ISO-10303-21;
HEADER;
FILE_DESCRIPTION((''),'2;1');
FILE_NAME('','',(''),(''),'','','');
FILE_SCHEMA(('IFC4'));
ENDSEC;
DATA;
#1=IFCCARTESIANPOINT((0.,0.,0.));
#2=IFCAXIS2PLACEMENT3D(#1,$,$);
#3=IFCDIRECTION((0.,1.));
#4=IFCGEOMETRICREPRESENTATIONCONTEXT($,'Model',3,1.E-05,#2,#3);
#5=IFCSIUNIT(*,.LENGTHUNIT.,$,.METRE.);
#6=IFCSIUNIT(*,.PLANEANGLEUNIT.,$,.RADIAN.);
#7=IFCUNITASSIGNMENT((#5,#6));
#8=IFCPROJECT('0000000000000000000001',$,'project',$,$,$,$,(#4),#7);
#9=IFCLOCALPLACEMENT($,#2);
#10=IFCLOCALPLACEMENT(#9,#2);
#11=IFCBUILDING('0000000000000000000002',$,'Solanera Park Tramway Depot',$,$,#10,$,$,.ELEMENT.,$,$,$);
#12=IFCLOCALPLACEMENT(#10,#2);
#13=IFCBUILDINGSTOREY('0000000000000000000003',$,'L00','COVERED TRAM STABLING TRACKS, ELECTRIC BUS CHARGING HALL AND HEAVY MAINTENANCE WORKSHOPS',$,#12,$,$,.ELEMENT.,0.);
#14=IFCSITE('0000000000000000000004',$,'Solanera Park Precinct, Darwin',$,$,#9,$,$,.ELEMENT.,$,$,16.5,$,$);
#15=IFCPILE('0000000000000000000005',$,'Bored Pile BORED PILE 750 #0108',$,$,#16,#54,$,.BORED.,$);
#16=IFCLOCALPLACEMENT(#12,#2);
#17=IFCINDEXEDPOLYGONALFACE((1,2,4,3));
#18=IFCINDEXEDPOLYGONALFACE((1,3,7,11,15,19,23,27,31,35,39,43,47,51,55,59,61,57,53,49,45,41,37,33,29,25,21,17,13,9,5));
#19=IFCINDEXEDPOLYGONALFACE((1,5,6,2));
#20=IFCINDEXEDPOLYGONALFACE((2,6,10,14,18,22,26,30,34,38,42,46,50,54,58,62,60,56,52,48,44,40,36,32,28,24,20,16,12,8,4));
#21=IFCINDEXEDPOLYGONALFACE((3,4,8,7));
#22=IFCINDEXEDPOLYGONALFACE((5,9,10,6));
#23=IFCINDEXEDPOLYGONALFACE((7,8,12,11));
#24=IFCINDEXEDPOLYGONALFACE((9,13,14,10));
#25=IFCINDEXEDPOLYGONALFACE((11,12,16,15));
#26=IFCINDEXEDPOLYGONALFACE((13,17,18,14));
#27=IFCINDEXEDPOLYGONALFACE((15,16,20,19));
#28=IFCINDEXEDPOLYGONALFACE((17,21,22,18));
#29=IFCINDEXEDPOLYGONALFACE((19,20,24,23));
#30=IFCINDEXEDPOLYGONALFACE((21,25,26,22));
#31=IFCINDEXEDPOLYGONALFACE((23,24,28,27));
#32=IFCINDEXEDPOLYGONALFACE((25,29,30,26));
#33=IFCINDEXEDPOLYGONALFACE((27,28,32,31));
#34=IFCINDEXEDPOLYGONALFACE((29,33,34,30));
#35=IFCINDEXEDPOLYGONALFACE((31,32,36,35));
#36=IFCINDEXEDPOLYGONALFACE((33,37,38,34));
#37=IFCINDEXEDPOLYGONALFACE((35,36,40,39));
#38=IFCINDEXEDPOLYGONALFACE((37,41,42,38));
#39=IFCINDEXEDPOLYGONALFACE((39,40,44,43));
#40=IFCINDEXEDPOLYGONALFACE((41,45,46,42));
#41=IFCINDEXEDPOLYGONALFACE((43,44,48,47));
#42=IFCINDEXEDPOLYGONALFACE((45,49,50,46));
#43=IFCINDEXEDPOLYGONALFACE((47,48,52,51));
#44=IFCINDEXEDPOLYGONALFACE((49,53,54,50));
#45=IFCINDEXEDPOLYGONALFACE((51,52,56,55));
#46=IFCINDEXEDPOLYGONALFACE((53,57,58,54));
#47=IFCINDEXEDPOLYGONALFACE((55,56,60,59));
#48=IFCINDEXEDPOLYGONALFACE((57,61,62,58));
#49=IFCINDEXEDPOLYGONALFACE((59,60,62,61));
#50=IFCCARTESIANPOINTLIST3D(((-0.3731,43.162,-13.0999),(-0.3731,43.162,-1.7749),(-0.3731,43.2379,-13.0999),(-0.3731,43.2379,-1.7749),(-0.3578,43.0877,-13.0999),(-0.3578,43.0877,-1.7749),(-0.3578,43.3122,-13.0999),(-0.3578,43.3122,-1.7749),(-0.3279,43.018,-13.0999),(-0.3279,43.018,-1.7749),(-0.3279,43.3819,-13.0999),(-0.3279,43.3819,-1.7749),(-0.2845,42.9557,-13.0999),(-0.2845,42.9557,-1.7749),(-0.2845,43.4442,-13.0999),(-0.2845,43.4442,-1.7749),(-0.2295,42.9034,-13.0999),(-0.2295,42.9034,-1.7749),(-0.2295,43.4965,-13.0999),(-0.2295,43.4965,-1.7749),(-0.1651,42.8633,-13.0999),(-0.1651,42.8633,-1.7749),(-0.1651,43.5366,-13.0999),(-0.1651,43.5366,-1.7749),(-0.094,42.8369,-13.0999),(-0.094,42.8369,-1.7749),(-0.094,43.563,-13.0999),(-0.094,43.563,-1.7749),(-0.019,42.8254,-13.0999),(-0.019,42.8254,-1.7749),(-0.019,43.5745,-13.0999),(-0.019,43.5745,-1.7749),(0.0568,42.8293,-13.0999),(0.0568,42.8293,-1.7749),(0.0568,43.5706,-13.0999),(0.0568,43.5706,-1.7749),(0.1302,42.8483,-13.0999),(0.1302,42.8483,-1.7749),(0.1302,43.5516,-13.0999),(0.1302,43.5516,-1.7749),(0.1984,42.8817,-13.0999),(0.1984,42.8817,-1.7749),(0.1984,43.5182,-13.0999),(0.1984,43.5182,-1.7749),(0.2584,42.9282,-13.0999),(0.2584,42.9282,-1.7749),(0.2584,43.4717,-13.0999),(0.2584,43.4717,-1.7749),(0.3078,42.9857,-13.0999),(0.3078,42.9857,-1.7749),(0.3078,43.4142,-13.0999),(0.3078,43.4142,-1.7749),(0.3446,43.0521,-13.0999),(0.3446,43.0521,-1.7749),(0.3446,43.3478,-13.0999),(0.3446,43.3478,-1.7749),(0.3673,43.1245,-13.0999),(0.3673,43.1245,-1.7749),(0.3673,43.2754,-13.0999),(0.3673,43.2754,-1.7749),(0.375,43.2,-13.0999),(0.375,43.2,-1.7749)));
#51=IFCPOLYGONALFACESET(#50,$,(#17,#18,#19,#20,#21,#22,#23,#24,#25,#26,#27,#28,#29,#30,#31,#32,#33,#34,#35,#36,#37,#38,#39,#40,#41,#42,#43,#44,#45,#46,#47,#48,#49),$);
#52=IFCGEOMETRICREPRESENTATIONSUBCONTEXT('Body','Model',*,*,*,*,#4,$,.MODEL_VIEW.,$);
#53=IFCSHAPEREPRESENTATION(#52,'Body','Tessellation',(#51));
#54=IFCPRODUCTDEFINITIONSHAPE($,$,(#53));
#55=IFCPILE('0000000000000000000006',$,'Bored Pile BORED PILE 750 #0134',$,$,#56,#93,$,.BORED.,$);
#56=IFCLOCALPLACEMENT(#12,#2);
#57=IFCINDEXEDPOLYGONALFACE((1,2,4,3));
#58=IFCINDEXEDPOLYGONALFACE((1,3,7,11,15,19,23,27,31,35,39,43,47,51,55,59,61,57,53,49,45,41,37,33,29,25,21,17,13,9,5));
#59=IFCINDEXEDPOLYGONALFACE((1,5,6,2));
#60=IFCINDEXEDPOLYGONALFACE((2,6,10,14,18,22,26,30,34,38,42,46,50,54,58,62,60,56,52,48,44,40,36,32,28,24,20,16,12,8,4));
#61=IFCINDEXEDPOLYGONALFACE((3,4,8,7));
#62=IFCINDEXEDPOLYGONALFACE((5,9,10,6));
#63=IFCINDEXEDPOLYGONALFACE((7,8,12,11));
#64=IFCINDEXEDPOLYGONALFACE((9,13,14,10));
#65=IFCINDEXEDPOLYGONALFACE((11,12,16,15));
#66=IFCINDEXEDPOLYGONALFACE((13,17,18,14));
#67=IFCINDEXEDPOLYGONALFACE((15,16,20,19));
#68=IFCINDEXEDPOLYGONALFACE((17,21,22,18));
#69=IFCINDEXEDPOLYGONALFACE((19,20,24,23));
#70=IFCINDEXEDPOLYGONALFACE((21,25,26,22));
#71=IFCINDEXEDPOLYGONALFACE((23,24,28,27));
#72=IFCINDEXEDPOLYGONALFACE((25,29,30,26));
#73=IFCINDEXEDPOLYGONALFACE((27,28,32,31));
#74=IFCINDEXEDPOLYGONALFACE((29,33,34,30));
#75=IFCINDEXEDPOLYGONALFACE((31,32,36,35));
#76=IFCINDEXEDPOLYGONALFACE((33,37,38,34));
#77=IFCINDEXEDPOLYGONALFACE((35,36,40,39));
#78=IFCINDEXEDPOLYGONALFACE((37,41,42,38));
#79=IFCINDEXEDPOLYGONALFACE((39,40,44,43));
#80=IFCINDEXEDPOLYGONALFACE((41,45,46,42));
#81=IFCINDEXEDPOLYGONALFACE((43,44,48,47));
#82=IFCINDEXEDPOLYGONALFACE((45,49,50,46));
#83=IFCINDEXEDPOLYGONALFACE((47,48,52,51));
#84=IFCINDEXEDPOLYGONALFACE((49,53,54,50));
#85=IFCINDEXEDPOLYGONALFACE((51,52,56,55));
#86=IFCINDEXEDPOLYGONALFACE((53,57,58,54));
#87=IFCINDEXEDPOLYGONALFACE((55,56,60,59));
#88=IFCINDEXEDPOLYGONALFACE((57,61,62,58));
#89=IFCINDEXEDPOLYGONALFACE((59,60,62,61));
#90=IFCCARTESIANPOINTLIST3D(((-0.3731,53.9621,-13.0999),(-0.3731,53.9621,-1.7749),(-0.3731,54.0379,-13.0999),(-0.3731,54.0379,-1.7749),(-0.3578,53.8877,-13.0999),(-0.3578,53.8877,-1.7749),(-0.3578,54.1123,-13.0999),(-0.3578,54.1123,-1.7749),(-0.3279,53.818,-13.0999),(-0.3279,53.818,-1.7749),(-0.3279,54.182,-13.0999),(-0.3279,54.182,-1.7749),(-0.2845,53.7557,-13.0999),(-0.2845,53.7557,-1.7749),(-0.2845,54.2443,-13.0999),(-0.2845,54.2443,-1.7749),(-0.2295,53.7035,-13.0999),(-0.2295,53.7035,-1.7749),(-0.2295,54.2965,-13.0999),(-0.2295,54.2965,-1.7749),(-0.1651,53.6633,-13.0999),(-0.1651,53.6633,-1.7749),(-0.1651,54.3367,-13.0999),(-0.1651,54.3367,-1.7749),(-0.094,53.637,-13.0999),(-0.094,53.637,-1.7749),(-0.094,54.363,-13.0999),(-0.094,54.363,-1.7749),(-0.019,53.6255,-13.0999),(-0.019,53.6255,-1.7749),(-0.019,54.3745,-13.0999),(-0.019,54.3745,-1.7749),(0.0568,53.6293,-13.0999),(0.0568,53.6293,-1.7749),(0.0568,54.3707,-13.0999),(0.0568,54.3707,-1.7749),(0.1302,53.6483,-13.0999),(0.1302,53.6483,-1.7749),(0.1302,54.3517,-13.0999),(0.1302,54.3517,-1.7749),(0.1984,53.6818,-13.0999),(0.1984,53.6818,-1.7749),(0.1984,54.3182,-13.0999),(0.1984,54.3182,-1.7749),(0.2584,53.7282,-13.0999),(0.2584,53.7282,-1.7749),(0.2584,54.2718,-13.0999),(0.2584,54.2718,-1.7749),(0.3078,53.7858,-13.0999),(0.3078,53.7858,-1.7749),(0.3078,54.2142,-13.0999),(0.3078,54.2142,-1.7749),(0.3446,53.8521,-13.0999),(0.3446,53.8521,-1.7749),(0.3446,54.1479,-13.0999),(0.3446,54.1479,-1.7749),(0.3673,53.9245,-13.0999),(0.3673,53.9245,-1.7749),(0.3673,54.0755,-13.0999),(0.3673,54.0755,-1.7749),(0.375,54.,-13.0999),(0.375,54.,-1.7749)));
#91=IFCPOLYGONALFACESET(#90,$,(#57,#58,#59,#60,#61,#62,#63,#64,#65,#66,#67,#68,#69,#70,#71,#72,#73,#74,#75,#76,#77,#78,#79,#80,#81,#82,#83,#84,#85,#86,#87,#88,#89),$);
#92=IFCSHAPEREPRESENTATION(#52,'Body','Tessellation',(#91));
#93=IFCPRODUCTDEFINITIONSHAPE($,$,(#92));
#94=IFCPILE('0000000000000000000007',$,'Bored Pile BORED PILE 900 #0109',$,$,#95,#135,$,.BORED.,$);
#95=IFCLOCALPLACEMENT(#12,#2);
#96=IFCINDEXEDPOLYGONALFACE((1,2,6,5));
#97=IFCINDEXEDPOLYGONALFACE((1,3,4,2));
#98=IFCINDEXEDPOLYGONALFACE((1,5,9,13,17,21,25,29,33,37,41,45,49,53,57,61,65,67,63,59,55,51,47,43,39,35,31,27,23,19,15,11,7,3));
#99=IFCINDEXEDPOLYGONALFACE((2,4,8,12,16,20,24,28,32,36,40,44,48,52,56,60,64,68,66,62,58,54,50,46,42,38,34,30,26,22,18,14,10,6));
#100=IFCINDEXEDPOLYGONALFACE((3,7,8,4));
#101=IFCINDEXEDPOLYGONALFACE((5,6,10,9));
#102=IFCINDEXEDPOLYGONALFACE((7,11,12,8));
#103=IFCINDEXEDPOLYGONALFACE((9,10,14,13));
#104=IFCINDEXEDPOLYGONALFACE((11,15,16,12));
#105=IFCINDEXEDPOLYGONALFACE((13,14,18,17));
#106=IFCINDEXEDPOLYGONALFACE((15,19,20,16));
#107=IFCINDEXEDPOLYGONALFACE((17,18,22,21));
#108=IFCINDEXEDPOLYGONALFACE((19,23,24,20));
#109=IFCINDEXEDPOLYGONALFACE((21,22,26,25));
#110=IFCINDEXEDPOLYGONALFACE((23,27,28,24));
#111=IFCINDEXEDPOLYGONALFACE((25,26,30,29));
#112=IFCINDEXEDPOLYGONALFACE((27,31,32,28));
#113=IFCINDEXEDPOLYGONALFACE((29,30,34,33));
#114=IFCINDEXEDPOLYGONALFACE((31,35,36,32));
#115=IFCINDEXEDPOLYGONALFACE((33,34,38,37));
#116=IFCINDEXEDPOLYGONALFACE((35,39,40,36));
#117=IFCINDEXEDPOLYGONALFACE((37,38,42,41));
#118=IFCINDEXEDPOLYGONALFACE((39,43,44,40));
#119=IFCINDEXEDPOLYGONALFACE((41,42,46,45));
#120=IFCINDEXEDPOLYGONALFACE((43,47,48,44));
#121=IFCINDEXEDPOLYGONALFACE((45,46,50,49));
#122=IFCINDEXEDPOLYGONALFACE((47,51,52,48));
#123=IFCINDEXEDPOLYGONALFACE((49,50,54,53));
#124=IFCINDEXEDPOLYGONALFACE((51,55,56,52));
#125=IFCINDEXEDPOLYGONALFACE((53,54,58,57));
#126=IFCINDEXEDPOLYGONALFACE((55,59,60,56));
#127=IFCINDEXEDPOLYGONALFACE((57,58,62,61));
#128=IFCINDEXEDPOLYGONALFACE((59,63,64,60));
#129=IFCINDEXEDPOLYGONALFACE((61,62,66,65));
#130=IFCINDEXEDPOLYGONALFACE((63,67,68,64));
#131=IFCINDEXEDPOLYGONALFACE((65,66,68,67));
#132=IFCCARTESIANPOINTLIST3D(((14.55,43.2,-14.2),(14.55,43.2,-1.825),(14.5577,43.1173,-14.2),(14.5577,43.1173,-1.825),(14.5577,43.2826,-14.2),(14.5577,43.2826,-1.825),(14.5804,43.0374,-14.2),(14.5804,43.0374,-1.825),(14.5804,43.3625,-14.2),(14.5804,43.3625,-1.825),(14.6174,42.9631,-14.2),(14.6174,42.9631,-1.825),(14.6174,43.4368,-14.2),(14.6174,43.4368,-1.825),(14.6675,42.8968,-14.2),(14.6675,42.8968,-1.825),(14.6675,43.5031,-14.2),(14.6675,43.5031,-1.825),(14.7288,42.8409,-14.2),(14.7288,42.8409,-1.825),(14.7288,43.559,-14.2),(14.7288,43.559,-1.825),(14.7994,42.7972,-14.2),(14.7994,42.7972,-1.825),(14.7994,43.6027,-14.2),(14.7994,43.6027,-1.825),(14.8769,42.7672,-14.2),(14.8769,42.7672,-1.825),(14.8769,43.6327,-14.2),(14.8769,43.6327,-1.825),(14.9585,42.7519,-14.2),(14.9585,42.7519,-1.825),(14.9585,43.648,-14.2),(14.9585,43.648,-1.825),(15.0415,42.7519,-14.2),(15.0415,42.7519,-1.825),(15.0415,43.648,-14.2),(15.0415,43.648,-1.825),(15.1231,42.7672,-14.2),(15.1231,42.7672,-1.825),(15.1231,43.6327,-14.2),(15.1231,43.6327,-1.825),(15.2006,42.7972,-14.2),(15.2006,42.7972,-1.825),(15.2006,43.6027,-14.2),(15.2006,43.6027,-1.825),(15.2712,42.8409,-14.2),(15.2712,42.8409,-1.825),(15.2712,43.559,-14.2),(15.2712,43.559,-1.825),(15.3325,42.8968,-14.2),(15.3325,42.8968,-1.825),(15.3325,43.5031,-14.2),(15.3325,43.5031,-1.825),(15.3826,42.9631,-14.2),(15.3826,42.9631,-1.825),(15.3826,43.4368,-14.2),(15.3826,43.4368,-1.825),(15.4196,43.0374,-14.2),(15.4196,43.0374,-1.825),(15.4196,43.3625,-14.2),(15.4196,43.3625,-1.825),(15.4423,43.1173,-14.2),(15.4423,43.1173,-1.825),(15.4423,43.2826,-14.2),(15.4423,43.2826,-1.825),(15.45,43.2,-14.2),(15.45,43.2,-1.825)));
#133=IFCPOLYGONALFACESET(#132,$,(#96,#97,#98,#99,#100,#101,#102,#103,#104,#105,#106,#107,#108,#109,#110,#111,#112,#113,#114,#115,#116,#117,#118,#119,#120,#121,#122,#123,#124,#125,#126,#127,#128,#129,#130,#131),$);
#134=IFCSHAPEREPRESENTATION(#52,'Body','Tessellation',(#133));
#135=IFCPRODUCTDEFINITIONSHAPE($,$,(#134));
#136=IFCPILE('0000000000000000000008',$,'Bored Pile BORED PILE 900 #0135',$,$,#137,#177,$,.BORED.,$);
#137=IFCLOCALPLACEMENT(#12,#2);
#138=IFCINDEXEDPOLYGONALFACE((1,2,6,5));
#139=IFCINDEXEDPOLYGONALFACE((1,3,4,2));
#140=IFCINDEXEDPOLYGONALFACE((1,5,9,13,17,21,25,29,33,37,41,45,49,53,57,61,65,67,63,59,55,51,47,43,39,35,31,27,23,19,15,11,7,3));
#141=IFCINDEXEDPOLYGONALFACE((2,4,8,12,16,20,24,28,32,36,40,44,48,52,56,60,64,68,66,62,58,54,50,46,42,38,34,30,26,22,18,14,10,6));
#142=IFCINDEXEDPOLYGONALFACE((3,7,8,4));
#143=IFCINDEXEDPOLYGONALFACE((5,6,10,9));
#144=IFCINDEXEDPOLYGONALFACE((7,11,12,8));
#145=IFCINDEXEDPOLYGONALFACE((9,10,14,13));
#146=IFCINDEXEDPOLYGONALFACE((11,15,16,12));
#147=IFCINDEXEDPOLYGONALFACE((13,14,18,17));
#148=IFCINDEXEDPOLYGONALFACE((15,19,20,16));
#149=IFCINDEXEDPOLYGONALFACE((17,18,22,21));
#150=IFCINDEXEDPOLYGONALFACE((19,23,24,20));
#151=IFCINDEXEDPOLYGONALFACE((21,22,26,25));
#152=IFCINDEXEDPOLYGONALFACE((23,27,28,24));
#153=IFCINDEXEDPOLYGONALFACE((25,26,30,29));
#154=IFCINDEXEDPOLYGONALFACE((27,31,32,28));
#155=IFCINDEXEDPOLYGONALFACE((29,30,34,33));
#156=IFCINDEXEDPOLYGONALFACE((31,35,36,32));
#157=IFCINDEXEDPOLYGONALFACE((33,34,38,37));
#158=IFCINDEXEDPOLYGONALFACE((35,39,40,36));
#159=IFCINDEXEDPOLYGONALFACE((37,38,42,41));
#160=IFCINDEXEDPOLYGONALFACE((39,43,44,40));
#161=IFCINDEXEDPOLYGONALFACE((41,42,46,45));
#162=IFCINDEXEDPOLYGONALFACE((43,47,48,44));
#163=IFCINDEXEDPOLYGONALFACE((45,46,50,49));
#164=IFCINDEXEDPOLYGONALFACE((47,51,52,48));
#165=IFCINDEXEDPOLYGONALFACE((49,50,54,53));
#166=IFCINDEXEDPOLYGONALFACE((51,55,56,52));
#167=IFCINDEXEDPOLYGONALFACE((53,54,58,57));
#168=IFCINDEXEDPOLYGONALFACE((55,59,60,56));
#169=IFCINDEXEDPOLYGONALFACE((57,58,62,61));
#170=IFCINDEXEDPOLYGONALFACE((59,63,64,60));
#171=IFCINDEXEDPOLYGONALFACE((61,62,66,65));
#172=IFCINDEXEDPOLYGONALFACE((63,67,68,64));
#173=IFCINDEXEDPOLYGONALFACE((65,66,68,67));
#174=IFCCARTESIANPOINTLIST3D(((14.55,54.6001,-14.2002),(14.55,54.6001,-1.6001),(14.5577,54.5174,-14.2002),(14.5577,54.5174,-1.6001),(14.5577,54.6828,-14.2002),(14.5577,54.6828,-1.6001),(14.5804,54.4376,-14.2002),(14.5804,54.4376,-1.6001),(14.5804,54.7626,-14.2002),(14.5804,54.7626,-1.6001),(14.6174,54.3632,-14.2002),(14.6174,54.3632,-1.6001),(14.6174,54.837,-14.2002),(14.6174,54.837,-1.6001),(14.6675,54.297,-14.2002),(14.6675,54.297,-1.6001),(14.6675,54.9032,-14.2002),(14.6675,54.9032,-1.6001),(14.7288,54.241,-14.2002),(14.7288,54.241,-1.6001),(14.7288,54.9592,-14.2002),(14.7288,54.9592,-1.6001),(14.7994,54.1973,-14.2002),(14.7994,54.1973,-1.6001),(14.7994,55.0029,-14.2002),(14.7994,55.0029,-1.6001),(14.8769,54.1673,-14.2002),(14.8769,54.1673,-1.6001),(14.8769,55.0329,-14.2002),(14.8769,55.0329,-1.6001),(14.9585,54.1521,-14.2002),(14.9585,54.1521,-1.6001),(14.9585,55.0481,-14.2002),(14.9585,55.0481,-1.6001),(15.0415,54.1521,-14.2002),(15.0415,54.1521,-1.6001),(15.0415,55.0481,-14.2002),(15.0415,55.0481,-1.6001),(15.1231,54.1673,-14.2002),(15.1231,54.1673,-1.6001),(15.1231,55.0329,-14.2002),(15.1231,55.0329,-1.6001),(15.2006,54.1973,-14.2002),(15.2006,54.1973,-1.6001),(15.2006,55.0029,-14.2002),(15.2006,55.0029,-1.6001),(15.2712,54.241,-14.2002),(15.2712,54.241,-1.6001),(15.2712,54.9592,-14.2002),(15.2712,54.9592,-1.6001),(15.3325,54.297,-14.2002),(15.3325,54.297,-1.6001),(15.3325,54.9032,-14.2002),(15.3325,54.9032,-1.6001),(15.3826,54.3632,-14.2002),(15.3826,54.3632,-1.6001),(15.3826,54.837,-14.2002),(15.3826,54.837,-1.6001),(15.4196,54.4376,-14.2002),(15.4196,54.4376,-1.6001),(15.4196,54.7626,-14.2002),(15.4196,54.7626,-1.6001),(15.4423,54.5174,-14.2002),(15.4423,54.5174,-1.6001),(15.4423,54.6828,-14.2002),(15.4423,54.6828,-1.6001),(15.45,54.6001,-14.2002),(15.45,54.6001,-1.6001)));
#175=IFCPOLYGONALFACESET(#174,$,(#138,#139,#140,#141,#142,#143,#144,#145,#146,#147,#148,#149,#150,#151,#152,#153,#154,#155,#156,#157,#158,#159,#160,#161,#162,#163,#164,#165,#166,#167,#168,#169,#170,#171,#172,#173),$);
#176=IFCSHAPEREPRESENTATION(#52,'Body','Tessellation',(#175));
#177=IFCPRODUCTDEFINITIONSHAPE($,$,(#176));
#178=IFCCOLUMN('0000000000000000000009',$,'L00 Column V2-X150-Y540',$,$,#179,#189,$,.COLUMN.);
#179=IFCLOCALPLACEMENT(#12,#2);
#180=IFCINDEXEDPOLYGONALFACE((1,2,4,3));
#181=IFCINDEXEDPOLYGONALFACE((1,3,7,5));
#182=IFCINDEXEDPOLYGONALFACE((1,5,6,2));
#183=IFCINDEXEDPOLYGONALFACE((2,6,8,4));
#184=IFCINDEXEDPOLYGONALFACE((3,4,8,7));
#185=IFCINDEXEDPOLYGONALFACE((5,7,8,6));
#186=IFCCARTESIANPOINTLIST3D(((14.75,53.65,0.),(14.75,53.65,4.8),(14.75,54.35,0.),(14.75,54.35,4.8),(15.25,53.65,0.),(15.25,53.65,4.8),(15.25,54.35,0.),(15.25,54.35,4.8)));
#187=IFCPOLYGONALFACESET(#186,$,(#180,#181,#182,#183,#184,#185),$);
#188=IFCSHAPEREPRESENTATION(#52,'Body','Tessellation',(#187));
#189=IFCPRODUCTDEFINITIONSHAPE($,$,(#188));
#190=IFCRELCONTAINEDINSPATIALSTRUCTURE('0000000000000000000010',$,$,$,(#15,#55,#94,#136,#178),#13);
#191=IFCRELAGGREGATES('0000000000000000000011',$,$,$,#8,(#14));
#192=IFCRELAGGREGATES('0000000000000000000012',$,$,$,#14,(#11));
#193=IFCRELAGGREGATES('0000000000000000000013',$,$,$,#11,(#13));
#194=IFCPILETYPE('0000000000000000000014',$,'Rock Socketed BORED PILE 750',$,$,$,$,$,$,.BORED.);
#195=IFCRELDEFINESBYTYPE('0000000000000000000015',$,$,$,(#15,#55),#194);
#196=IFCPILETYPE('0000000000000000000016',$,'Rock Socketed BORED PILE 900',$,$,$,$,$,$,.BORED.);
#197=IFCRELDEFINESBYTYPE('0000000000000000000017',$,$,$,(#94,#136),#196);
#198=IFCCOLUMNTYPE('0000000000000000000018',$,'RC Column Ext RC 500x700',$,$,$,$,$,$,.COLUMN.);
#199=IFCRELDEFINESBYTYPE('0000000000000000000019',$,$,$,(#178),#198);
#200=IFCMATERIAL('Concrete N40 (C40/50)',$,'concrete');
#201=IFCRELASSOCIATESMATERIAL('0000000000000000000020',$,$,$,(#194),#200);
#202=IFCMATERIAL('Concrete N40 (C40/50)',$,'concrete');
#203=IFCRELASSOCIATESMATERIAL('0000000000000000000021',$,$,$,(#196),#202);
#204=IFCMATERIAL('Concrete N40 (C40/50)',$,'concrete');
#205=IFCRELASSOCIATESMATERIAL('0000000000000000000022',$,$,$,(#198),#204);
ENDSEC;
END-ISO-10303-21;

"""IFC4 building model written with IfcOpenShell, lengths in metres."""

from ifc_helpers import new_model, si_unit, direction, frame, origin, origin_2d, place, context, subcontext, project, spatial, rectangle, circle, extrude, material, material_profile, profile_set, type_object, element, save


model = new_model("IFC4")

# Units and contexts
model_context = context("Model", 3, precision=1e-05, world=origin(), true_north=direction((0.0, 1.0)))
body_context = subcontext(model_context, "Body", "Model", "MODEL_VIEW")
ifc_project = project(units=[si_unit("LENGTHUNIT", "METRE"), si_unit("PLANEANGLEUNIT", "RADIAN")], contexts=[model_context])

# Site, building, storey
site_placement = place(None, origin())
site = spatial("IfcSite", under=ifc_project, at=site_placement, Name="Solanera Park Precinct, Darwin", CompositionType="ELEMENT", RefElevation=16.5)
building_placement = place(site_placement, origin())
building = spatial("IfcBuilding", under=site, at=building_placement, Name="Solanera Park Tramway Depot", CompositionType="ELEMENT")
storey_placement = place(building_placement, origin())
storey = spatial("IfcBuildingStorey", under=building, at=storey_placement, Name="L00", Description="COVERED TRAM STABLING TRACKS, ELECTRIC BUS CHARGING HALL AND HEAVY MAINTENANCE WORKSHOPS", CompositionType="ELEMENT", Elevation=0.0)

# Piles
ifc_material_1 = material(Name="Concrete N40 (C40/50)", Category="concrete")
ifc_material_profile_1 = material_profile(ifc_material_1, circle(Radius=0.375, at=origin_2d()), Name="BORED PILE 750")
ifc_profile_set_1 = profile_set([ifc_material_profile_1], Name="Concrete N40 (C40/50)")
pile_type_1 = type_object("IfcPileType", Name="Rock Socketed BORED PILE 750", PredefinedType="BORED", material=ifc_profile_set_1)
for number, where, z_axis, x_axis, name in (
    (1, (0.0, 43.2, -1.7749), (0.0, 0.0, -1.0), (1.0, 0.0, 0.0), "Bored Pile BORED PILE 750 #0108"),
    (2, (0.0, 54.0, -1.7749), (0.0, 0.0, -1.0), (1.0, 0.0, 0.0), "Bored Pile BORED PILE 750 #0134"),
):
    element("IfcPile", number, at=place(storey_placement, frame(where, z_axis=z_axis, x_axis=x_axis)), inside=storey, type_object=pile_type_1, Name=name, PredefinedType="BORED", context=body_context, shape_type="SweptSolid", body=[
        extrude(circle(Radius=0.375, at=origin_2d()), origin(), (0.0, 0.0, 1.0), 11.325),
    ])
ifc_material_2 = material(Name="Concrete N40 (C40/50)", Category="concrete")
ifc_material_profile_2 = material_profile(ifc_material_2, circle(Radius=0.45, at=origin_2d()), Name="BORED PILE 900")
ifc_profile_set_2 = profile_set([ifc_material_profile_2], Name="Concrete N40 (C40/50)")
pile_type_2 = type_object("IfcPileType", Name="Rock Socketed BORED PILE 900", PredefinedType="BORED", material=ifc_profile_set_2)
pile_1_placement = place(storey_placement, frame((15.0, 43.2, -1.825), z_axis=(0.0, 0.0, -1.0), x_axis=(1.0, 0.0, 0.0)))
element("IfcPile", 3, at=pile_1_placement, inside=storey, type_object=pile_type_2, Name="Bored Pile BORED PILE 900 #0109", PredefinedType="BORED", context=body_context, shape_type="SweptSolid", body=[
    extrude(circle(Radius=0.45, at=origin_2d()), origin(), (0.0, 0.0, 1.0), 12.375),
])
pile_2_placement = place(storey_placement, frame((15.0, 54.6001, -1.6001), z_axis=(0.0, 0.0, -1.0), x_axis=(1.0, 0.0, 0.0)))
element("IfcPile", 4, at=pile_2_placement, inside=storey, type_object=pile_type_2, Name="Bored Pile BORED PILE 900 #0135", PredefinedType="BORED", context=body_context, shape_type="SweptSolid", body=[
    extrude(circle(Radius=0.45, at=origin_2d()), origin(), (0.0, 0.0, 1.0), 12.6001),
])

# Column
ifc_material_3 = material(Name="Concrete N40 (C40/50)", Category="concrete")
ifc_material_profile_3 = material_profile(ifc_material_3, rectangle(XDim=0.5, YDim=0.7, at=origin_2d()), Name="RC 500x700")
ifc_profile_set_3 = profile_set([ifc_material_profile_3], Name="Concrete N40 (C40/50)")
column_type_1 = type_object("IfcColumnType", Name="RC Column Ext RC 500x700", PredefinedType="COLUMN", material=ifc_profile_set_3)
column_1_placement = place(storey_placement, frame((15.0, 54.0, 0.0), z_axis=(0.0, 0.0, 1.0), x_axis=(1.0, 0.0, 0.0)))
element("IfcColumn", 5, at=column_1_placement, inside=storey, type_object=column_type_1, Name="L00 Column V2-X150-Y540", PredefinedType="COLUMN", context=body_context, shape_type="SweptSolid", body=[
    extrude(rectangle(XDim=0.5, YDim=0.7, at=origin_2d()), origin(), (0.0, 0.0, 1.0), 4.8),
])

save(model, "model.ifc")
